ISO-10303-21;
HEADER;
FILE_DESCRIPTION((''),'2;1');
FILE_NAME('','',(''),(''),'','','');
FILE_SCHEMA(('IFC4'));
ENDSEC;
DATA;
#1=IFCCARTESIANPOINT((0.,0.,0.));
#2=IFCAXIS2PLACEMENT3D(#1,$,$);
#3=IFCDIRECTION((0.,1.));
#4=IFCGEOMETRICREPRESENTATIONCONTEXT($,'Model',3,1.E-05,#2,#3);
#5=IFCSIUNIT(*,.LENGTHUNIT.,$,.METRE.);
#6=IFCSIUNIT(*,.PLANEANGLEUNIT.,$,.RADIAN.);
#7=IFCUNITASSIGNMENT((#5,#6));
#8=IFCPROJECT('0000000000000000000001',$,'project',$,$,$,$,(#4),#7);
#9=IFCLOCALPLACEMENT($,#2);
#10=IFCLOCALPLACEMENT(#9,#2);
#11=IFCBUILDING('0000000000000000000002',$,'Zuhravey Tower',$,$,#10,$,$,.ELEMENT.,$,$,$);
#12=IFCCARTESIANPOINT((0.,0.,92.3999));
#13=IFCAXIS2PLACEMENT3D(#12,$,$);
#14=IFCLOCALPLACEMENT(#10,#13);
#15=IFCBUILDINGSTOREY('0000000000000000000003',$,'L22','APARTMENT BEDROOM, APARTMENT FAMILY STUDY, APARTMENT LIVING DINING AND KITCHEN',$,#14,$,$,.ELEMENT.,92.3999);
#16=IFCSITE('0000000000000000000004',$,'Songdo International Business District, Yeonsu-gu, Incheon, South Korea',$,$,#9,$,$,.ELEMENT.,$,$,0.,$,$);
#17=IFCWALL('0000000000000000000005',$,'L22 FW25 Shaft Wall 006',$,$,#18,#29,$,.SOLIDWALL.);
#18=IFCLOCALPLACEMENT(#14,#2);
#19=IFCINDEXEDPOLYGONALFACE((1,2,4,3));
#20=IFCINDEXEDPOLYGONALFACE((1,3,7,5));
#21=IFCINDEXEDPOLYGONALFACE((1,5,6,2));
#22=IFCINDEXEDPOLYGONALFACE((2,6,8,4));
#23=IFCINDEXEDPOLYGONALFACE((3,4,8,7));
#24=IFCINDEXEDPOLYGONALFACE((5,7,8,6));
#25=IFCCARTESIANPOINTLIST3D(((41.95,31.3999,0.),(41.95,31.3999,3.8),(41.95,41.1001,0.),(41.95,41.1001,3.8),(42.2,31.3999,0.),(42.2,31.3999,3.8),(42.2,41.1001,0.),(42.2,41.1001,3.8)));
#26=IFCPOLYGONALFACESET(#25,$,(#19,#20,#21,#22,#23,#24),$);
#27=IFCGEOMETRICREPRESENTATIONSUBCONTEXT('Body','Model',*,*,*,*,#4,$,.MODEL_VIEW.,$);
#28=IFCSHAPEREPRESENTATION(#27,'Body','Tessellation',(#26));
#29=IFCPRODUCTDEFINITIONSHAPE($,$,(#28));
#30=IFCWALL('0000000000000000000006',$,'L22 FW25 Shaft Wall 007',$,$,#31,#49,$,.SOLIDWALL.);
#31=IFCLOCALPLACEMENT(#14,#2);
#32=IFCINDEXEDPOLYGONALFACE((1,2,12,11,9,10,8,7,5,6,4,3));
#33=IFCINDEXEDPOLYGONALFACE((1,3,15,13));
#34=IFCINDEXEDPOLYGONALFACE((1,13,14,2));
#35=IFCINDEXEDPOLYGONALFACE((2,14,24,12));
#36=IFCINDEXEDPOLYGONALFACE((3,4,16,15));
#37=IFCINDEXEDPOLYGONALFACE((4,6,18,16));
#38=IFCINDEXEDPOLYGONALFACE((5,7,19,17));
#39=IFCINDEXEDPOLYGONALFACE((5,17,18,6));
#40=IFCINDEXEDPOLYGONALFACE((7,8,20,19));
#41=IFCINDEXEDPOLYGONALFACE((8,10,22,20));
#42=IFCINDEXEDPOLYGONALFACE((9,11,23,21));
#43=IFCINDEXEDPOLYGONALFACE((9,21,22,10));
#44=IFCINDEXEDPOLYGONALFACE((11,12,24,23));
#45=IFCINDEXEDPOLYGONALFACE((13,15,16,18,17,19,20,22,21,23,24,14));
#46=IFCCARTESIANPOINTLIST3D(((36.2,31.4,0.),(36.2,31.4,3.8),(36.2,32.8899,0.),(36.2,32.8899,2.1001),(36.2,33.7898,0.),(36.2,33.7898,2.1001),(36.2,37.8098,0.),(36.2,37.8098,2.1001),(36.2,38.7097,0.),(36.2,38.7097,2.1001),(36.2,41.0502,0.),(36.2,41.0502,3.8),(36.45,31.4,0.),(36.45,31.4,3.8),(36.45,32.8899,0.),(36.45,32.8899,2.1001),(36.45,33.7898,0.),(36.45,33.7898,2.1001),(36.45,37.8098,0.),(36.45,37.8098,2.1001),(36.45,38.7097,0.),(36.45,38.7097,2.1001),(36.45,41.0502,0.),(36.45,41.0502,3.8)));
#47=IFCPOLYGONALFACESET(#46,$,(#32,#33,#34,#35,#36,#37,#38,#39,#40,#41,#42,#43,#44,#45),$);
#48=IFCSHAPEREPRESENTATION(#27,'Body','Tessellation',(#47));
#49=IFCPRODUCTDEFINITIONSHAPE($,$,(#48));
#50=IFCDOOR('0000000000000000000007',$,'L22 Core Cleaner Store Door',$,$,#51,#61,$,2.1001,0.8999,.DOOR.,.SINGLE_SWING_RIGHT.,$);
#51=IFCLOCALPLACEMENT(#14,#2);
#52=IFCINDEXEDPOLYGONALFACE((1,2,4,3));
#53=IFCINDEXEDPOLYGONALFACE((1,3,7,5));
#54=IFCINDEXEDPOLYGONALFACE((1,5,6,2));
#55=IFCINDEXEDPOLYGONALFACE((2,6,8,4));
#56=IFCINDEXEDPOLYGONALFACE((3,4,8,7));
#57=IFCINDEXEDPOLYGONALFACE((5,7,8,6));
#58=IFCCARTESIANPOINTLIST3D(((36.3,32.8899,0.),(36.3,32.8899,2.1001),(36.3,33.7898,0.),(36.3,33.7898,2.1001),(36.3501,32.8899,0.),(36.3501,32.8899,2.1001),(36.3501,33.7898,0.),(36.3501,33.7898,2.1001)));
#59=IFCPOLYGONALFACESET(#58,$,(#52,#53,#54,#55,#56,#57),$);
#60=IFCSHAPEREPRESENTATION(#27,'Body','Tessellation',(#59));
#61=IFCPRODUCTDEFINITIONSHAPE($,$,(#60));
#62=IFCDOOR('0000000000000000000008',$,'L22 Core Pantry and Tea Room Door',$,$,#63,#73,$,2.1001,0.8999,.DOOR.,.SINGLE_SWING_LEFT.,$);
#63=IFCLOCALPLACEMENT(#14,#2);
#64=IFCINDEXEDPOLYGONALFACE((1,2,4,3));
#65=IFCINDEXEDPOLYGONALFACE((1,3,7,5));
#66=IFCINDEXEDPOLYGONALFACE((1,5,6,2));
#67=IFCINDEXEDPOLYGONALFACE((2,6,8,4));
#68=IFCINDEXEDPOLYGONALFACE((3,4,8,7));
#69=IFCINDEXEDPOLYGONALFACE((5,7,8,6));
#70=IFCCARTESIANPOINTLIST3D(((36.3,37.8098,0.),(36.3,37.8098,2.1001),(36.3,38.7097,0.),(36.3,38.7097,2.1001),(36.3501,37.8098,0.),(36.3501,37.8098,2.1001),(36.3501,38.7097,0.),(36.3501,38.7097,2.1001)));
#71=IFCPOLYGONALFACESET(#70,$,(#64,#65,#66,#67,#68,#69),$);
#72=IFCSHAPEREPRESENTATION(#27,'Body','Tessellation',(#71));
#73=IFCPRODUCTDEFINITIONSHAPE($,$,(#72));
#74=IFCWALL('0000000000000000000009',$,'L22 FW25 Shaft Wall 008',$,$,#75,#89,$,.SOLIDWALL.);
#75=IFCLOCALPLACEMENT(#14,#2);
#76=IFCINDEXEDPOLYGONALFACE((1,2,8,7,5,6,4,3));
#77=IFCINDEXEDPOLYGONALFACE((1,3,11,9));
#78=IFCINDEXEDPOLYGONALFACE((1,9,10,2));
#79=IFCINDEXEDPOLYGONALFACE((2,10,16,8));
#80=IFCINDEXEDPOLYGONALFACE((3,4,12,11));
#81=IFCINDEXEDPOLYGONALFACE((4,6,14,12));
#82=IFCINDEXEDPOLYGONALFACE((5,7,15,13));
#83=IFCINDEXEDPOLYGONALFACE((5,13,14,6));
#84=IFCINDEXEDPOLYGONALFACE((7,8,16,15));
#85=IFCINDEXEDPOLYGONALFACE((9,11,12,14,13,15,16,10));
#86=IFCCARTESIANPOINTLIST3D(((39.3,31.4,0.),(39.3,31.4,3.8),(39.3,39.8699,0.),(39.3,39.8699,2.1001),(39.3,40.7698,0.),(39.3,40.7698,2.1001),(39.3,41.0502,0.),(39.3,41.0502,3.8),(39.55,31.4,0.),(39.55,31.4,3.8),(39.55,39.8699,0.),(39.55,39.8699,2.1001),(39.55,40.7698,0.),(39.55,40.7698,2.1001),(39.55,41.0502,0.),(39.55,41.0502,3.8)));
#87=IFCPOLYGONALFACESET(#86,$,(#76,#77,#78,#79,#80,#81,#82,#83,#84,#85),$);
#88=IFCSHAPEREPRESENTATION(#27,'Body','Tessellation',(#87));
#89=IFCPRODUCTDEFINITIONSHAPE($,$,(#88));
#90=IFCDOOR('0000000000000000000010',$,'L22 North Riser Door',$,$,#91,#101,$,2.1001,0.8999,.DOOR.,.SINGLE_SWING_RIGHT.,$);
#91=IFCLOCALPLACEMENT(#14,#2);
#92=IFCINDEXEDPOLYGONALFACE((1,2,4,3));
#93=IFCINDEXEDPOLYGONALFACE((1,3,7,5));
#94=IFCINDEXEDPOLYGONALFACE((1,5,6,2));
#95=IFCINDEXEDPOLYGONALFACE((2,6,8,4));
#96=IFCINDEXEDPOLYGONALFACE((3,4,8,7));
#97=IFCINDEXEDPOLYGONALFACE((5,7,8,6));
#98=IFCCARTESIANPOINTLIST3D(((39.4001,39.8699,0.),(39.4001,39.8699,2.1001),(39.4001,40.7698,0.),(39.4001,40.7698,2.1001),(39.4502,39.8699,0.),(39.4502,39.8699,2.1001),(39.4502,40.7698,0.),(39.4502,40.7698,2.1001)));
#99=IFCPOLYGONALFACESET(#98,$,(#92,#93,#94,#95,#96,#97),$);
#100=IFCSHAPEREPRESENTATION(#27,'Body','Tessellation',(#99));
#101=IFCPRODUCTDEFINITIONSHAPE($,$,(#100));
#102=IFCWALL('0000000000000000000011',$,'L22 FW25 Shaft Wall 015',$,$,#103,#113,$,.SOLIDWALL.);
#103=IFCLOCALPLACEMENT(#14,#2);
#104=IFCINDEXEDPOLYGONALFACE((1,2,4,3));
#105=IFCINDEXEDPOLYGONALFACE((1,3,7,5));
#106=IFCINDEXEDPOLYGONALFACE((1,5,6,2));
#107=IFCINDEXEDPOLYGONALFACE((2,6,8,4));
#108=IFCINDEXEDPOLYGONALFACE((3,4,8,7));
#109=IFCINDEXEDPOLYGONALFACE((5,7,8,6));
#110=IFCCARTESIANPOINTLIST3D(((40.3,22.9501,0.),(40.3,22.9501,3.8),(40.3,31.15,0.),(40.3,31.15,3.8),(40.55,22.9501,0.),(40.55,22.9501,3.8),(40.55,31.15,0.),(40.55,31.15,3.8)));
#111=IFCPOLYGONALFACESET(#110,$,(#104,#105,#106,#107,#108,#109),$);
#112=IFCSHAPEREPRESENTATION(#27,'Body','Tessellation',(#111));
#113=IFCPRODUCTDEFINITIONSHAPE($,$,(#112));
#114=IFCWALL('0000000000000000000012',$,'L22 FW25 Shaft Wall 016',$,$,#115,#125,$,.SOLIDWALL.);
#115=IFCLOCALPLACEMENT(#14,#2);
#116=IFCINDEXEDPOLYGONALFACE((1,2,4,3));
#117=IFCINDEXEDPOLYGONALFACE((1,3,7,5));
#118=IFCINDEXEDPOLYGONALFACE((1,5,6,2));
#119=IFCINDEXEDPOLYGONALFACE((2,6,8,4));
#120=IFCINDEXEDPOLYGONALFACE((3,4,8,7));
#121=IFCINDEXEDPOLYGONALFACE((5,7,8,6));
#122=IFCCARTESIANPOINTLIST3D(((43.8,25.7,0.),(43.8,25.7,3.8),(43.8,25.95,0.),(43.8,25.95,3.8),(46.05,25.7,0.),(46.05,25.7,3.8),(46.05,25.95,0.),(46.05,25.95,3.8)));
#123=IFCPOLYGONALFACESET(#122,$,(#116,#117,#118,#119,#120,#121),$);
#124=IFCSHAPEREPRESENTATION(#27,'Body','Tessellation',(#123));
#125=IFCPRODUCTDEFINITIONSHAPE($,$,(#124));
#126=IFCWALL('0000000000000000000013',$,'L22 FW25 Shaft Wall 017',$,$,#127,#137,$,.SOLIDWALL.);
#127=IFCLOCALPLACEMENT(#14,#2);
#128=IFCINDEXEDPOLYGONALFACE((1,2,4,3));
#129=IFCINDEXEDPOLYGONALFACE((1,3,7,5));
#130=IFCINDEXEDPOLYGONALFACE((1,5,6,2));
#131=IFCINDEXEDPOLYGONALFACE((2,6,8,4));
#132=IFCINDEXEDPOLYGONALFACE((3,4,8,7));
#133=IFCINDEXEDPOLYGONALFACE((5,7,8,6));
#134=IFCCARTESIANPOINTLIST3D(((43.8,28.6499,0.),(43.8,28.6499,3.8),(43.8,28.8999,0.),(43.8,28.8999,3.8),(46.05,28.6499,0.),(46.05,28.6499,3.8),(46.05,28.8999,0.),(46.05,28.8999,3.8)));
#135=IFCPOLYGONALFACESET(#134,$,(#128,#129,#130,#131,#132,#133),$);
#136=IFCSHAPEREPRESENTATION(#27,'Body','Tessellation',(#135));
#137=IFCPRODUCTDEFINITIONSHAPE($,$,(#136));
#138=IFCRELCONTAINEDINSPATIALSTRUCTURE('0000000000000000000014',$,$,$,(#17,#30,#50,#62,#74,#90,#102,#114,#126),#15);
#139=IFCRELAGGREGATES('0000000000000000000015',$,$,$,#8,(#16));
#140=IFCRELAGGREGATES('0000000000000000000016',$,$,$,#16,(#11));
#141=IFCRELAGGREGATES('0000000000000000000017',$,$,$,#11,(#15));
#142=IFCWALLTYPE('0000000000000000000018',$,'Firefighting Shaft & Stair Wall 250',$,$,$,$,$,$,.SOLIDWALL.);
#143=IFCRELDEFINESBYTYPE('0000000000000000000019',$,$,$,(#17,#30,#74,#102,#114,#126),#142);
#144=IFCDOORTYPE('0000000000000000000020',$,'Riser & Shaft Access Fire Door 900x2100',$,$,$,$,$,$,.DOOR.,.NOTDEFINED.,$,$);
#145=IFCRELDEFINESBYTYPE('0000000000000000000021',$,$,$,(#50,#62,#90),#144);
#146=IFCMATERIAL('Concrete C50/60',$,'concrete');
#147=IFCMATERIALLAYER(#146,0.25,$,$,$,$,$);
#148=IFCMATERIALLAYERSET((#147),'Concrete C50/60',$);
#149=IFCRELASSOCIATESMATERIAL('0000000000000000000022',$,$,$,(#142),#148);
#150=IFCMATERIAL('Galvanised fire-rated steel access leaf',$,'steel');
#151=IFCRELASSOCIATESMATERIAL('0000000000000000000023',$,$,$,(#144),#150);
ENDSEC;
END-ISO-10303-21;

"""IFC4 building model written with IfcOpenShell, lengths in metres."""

from ifc_helpers import new_model, si_unit, direction, frame, frame_2d, origin, place, context, subcontext, project, spatial, rectangle, extrude, material, layer, layer_set, type_object, element, fill, save


model = new_model("IFC4")

# Units and contexts
model_context = context("Model", 3, precision=1e-05, world=origin(), true_north=direction((0.0, 1.0)))
body_context = subcontext(model_context, "Body", "Model", "MODEL_VIEW")
ifc_project = project(units=[si_unit("LENGTHUNIT", "METRE"), si_unit("PLANEANGLEUNIT", "RADIAN")], contexts=[model_context])

# Site, building, storey
site_placement = place(None, origin())
site = spatial("IfcSite", under=ifc_project, at=site_placement, Name="Songdo International Business District, Yeonsu-gu, Incheon, South Korea", CompositionType="ELEMENT", RefElevation=0.0)
building_placement = place(site_placement, origin())
building = spatial("IfcBuilding", under=site, at=building_placement, Name="Zuhravey Tower", CompositionType="ELEMENT")
storey_placement = place(building_placement, frame((0.0, 0.0, 92.3999)))
storey = spatial("IfcBuildingStorey", under=building, at=storey_placement, Name="L22", Description="APARTMENT BEDROOM, APARTMENT FAMILY STUDY, APARTMENT LIVING DINING AND KITCHEN", CompositionType="ELEMENT", Elevation=92.3999)

# Wall
ifc_material_1 = material(Name="Concrete C50/60", Category="concrete")
ifc_layer_1 = layer(ifc_material_1, 0.25)
ifc_layer_set_1 = layer_set([ifc_layer_1], Name="Concrete C50/60")
wall_type_1 = type_object("IfcWallType", Name="Firefighting Shaft & Stair Wall 250", PredefinedType="SOLIDWALL", material=ifc_layer_set_1)
wall_1_placement = place(storey_placement, frame((42.075, 31.3999, 0.0), z_axis=(0.0, 0.0, 1.0), x_axis=(0.0, 1.0, 0.0)))
element("IfcWall", 1, at=wall_1_placement, inside=storey, type_object=wall_type_1, Name="L22 FW25 Shaft Wall 006", PredefinedType="SOLIDWALL", context=body_context, shape_type="SweptSolid", body=[
    extrude(rectangle(XDim=9.7002, YDim=0.25, at=frame_2d((4.8501, 0.0))), origin(), (0.0, 0.0, 1.0), 3.8),
])

# Wall, openings, doors
wall_2_placement = place(storey_placement, frame((36.325, 31.3999, 0.0), z_axis=(0.0, 0.0, 1.0), x_axis=(0.0, 1.0, 0.0)))
wall_2 = element("IfcWall", 2, at=wall_2_placement, inside=storey, type_object=wall_type_1, Name="L22 FW25 Shaft Wall 007", PredefinedType="SOLIDWALL", context=body_context, shape_type="SweptSolid", body=[
    extrude(rectangle(XDim=9.6501, YDim=0.25, at=frame_2d((4.8252, 0.0))), origin(), (0.0, 0.0, 1.0), 3.8),
])
opening_1_placement = place(wall_2_placement, frame((1.49, 0.0, 0.0)))
opening_1 = element("IfcOpeningElement", 3, at=opening_1_placement, cuts=wall_2, PredefinedType="OPENING", context=body_context, shape_type="SweptSolid", body=[
    extrude(rectangle(XDim=0.8999, YDim=2.1001, at=frame_2d((0.45, 1.05))), frame((0.0, 0.137, 0.0), z_axis=(0.0, -1.0, 0.0), x_axis=(1.0, 0.0, 0.0)), (0.0, 0.0, 1.0), 0.2739),
])
opening_2_placement = place(wall_2_placement, frame((6.4099, 0.0, 0.0)))
opening_2 = element("IfcOpeningElement", 4, at=opening_2_placement, cuts=wall_2, PredefinedType="OPENING", context=body_context, shape_type="SweptSolid", body=[
    extrude(rectangle(XDim=0.8999, YDim=2.1001, at=frame_2d((0.45, 1.05))), frame((0.0, 0.137, 0.0), z_axis=(0.0, -1.0, 0.0), x_axis=(1.0, 0.0, 0.0)), (0.0, 0.0, 1.0), 0.2739),
])
ifc_material_2 = material(Name="Galvanised fire-rated steel access leaf", Category="steel")
door_type_1 = type_object("IfcDoorType", Name="Riser & Shaft Access Fire Door 900x2100", OperationType="NOTDEFINED", PredefinedType="DOOR", material=ifc_material_2)
door_1_placement = place(opening_1_placement, origin())
door_1 = element("IfcDoor", 5, at=door_1_placement, inside=storey, type_object=door_type_1, Name="L22 Core Cleaner Store Door", OperationType="SINGLE_SWING_RIGHT", OverallHeight=2.1001, OverallWidth=0.8999, PredefinedType="DOOR", context=body_context, shape_type="SweptSolid", body=[
    extrude(rectangle(XDim=0.8999, YDim=2.1001, at=frame_2d((0.45, 1.05))), frame((0.0, 0.0249, 0.0), z_axis=(0.0, -1.0, 0.0), x_axis=(1.0, 0.0, 0.0)), (0.0, 0.0, 1.0), 0.05),
])
fill(opening_1, door_1)
door_2_placement = place(opening_2_placement, origin())
door_2 = element("IfcDoor", 6, at=door_2_placement, inside=storey, type_object=door_type_1, Name="L22 Core Pantry and Tea Room Door", OperationType="SINGLE_SWING_LEFT", OverallHeight=2.1001, OverallWidth=0.8999, PredefinedType="DOOR", context=body_context, shape_type="SweptSolid", body=[
    extrude(rectangle(XDim=0.8999, YDim=2.1001, at=frame_2d((0.45, 1.05))), frame((0.0, 0.0249, 0.0), z_axis=(0.0, -1.0, 0.0), x_axis=(1.0, 0.0, 0.0)), (0.0, 0.0, 1.0), 0.05),
])
fill(opening_2, door_2)

# Wall, opening, door
wall_3_placement = place(storey_placement, frame((39.425, 31.3999, 0.0), z_axis=(0.0, 0.0, 1.0), x_axis=(0.0, 1.0, 0.0)))
wall_3 = element("IfcWall", 7, at=wall_3_placement, inside=storey, type_object=wall_type_1, Name="L22 FW25 Shaft Wall 008", PredefinedType="SOLIDWALL", context=body_context, shape_type="SweptSolid", body=[
    extrude(rectangle(XDim=9.6501, YDim=0.25, at=frame_2d((4.8252, 0.0))), origin(), (0.0, 0.0, 1.0), 3.8),
])
opening_3_placement = place(wall_3_placement, frame((8.47, 0.0, 0.0)))
opening_3 = element("IfcOpeningElement", 8, at=opening_3_placement, cuts=wall_3, PredefinedType="OPENING", context=body_context, shape_type="SweptSolid", body=[
    extrude(rectangle(XDim=0.8999, YDim=2.1001, at=frame_2d((0.45, 1.05))), frame((0.0, 0.137, 0.0), z_axis=(0.0, -1.0, 0.0), x_axis=(1.0, 0.0, 0.0)), (0.0, 0.0, 1.0), 0.2739),
])
door_3_placement = place(opening_3_placement, origin())
door_3 = element("IfcDoor", 9, at=door_3_placement, inside=storey, type_object=door_type_1, Name="L22 North Riser Door", OperationType="SINGLE_SWING_RIGHT", OverallHeight=2.1001, OverallWidth=0.8999, PredefinedType="DOOR", context=body_context, shape_type="SweptSolid", body=[
    extrude(rectangle(XDim=0.8999, YDim=2.1001, at=frame_2d((0.45, 1.05))), frame((0.0, 0.0249, 0.0), z_axis=(0.0, -1.0, 0.0), x_axis=(1.0, 0.0, 0.0)), (0.0, 0.0, 1.0), 0.05),
])
fill(opening_3, door_3)

# Walls
wall_4_placement = place(storey_placement, frame((40.425, 22.95, 0.0), z_axis=(0.0, 0.0, 1.0), x_axis=(0.0, 1.0, 0.0)))
element("IfcWall", 10, at=wall_4_placement, inside=storey, type_object=wall_type_1, Name="L22 FW25 Shaft Wall 015", PredefinedType="SOLIDWALL", context=body_context, shape_type="SweptSolid", body=[
    extrude(rectangle(XDim=8.2, YDim=0.25, at=frame_2d((4.1001, 0.0))), origin(), (0.0, 0.0, 1.0), 3.8),
])
for number, where, z_axis, x_axis, name in (
    (11, (43.8, 25.825, 0.0), (0.0, 0.0, 1.0), (1.0, 0.0, 0.0), "L22 FW25 Shaft Wall 016"),
    (12, (43.8, 28.7749, 0.0), (0.0, 0.0, 1.0), (1.0, 0.0, 0.0), "L22 FW25 Shaft Wall 017"),
):
    element("IfcWall", number, at=place(storey_placement, frame(where, z_axis=z_axis, x_axis=x_axis)), inside=storey, type_object=wall_type_1, Name=name, PredefinedType="SOLIDWALL", context=body_context, shape_type="SweptSolid", body=[
        extrude(rectangle(XDim=2.25, YDim=0.25, at=frame_2d((1.125, 0.0))), origin(), (0.0, 0.0, 1.0), 3.8),
    ])

save(model, "model.ifc")
